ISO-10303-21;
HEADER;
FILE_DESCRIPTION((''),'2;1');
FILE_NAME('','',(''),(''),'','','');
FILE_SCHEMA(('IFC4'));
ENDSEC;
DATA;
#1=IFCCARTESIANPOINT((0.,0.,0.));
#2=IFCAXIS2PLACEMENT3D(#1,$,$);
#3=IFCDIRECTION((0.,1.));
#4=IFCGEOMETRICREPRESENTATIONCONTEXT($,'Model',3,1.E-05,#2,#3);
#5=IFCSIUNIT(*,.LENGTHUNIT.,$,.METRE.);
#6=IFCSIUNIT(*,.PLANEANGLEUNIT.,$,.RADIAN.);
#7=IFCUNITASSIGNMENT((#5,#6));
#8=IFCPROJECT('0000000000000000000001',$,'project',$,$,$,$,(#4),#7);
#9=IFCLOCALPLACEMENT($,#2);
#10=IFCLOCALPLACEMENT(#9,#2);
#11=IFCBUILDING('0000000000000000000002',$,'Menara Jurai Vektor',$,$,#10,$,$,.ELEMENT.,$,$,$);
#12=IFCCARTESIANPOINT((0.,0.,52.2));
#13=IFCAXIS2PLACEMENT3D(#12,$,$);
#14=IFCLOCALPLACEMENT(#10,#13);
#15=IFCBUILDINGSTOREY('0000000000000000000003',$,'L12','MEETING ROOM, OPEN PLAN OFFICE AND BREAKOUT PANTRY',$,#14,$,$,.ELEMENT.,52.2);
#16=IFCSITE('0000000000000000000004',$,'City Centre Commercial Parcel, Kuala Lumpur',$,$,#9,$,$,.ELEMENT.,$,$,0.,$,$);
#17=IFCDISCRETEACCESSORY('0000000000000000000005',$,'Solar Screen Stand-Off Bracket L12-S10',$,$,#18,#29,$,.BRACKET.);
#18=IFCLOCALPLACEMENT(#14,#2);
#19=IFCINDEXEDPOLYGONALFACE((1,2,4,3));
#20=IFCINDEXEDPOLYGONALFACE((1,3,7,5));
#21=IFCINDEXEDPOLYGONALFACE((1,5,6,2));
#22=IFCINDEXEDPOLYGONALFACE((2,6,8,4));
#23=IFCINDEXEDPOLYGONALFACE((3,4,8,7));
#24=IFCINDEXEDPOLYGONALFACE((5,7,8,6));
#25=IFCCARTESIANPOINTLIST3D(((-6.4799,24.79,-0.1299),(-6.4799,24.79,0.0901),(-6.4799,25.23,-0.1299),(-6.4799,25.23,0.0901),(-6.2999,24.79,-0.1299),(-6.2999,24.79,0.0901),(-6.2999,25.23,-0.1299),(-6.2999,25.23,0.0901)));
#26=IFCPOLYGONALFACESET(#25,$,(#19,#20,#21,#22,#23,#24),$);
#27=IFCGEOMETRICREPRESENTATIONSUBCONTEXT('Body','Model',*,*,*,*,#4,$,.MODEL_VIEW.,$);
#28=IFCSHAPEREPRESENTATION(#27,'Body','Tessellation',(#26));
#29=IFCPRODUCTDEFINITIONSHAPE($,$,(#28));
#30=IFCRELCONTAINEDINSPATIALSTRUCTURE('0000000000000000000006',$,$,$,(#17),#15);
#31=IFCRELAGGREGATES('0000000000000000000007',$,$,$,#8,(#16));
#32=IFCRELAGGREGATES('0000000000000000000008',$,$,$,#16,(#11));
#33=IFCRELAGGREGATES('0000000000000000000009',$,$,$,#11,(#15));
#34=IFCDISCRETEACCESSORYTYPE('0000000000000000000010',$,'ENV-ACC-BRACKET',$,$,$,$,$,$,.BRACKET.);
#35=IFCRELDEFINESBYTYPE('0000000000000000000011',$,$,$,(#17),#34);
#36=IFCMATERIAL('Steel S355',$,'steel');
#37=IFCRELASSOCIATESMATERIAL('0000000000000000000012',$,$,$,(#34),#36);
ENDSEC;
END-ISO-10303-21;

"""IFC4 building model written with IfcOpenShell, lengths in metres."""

from ifc_helpers import new_model, si_unit, direction, frame, origin, origin_2d, place, context, subcontext, project, spatial, rectangle, extrude, material, type_object, element, save


model = new_model("IFC4")

# Units and contexts
model_context = context("Model", 3, precision=1e-05, world=origin(), true_north=direction((0.0, 1.0)))
body_context = subcontext(model_context, "Body", "Model", "MODEL_VIEW")
ifc_project = project(units=[si_unit("LENGTHUNIT", "METRE"), si_unit("PLANEANGLEUNIT", "RADIAN")], contexts=[model_context])

# Site, building, storey
site_placement = place(None, origin())
site = spatial("IfcSite", under=ifc_project, at=site_placement, Name="City Centre Commercial Parcel, Kuala Lumpur", CompositionType="ELEMENT", RefElevation=0.0)
building_placement = place(site_placement, origin())
building = spatial("IfcBuilding", under=site, at=building_placement, Name="Menara Jurai Vektor", CompositionType="ELEMENT")
storey_placement = place(building_placement, frame((0.0, 0.0, 52.2)))
storey = spatial("IfcBuildingStorey", under=building, at=storey_placement, Name="L12", Description="MEETING ROOM, OPEN PLAN OFFICE AND BREAKOUT PANTRY", CompositionType="ELEMENT", Elevation=52.2)

# Shared definitions
ifc_material_1 = material(Name="Steel S355", Category="steel")

# Discrete accessory
discrete_accessory_type = type_object("IfcDiscreteAccessoryType", Name="ENV-ACC-BRACKET", PredefinedType="BRACKET", material=ifc_material_1)
discrete_accessory_placement = place(storey_placement, frame((-6.3899, 25.01, -0.1299), z_axis=(0.0, 0.0, 1.0), x_axis=(-1.0, 0.0, 0.0)))
element("IfcDiscreteAccessory", 1, at=discrete_accessory_placement, inside=storey, type_object=discrete_accessory_type, Name="Solar Screen Stand-Off Bracket L12-S10", PredefinedType="BRACKET", context=body_context, shape_type="SweptSolid", body=[
    extrude(rectangle(XDim=0.1799, YDim=0.4399, at=origin_2d()), origin(), (0.0, 0.0, 1.0), 0.22),
])

save(model, "model.ifc")
